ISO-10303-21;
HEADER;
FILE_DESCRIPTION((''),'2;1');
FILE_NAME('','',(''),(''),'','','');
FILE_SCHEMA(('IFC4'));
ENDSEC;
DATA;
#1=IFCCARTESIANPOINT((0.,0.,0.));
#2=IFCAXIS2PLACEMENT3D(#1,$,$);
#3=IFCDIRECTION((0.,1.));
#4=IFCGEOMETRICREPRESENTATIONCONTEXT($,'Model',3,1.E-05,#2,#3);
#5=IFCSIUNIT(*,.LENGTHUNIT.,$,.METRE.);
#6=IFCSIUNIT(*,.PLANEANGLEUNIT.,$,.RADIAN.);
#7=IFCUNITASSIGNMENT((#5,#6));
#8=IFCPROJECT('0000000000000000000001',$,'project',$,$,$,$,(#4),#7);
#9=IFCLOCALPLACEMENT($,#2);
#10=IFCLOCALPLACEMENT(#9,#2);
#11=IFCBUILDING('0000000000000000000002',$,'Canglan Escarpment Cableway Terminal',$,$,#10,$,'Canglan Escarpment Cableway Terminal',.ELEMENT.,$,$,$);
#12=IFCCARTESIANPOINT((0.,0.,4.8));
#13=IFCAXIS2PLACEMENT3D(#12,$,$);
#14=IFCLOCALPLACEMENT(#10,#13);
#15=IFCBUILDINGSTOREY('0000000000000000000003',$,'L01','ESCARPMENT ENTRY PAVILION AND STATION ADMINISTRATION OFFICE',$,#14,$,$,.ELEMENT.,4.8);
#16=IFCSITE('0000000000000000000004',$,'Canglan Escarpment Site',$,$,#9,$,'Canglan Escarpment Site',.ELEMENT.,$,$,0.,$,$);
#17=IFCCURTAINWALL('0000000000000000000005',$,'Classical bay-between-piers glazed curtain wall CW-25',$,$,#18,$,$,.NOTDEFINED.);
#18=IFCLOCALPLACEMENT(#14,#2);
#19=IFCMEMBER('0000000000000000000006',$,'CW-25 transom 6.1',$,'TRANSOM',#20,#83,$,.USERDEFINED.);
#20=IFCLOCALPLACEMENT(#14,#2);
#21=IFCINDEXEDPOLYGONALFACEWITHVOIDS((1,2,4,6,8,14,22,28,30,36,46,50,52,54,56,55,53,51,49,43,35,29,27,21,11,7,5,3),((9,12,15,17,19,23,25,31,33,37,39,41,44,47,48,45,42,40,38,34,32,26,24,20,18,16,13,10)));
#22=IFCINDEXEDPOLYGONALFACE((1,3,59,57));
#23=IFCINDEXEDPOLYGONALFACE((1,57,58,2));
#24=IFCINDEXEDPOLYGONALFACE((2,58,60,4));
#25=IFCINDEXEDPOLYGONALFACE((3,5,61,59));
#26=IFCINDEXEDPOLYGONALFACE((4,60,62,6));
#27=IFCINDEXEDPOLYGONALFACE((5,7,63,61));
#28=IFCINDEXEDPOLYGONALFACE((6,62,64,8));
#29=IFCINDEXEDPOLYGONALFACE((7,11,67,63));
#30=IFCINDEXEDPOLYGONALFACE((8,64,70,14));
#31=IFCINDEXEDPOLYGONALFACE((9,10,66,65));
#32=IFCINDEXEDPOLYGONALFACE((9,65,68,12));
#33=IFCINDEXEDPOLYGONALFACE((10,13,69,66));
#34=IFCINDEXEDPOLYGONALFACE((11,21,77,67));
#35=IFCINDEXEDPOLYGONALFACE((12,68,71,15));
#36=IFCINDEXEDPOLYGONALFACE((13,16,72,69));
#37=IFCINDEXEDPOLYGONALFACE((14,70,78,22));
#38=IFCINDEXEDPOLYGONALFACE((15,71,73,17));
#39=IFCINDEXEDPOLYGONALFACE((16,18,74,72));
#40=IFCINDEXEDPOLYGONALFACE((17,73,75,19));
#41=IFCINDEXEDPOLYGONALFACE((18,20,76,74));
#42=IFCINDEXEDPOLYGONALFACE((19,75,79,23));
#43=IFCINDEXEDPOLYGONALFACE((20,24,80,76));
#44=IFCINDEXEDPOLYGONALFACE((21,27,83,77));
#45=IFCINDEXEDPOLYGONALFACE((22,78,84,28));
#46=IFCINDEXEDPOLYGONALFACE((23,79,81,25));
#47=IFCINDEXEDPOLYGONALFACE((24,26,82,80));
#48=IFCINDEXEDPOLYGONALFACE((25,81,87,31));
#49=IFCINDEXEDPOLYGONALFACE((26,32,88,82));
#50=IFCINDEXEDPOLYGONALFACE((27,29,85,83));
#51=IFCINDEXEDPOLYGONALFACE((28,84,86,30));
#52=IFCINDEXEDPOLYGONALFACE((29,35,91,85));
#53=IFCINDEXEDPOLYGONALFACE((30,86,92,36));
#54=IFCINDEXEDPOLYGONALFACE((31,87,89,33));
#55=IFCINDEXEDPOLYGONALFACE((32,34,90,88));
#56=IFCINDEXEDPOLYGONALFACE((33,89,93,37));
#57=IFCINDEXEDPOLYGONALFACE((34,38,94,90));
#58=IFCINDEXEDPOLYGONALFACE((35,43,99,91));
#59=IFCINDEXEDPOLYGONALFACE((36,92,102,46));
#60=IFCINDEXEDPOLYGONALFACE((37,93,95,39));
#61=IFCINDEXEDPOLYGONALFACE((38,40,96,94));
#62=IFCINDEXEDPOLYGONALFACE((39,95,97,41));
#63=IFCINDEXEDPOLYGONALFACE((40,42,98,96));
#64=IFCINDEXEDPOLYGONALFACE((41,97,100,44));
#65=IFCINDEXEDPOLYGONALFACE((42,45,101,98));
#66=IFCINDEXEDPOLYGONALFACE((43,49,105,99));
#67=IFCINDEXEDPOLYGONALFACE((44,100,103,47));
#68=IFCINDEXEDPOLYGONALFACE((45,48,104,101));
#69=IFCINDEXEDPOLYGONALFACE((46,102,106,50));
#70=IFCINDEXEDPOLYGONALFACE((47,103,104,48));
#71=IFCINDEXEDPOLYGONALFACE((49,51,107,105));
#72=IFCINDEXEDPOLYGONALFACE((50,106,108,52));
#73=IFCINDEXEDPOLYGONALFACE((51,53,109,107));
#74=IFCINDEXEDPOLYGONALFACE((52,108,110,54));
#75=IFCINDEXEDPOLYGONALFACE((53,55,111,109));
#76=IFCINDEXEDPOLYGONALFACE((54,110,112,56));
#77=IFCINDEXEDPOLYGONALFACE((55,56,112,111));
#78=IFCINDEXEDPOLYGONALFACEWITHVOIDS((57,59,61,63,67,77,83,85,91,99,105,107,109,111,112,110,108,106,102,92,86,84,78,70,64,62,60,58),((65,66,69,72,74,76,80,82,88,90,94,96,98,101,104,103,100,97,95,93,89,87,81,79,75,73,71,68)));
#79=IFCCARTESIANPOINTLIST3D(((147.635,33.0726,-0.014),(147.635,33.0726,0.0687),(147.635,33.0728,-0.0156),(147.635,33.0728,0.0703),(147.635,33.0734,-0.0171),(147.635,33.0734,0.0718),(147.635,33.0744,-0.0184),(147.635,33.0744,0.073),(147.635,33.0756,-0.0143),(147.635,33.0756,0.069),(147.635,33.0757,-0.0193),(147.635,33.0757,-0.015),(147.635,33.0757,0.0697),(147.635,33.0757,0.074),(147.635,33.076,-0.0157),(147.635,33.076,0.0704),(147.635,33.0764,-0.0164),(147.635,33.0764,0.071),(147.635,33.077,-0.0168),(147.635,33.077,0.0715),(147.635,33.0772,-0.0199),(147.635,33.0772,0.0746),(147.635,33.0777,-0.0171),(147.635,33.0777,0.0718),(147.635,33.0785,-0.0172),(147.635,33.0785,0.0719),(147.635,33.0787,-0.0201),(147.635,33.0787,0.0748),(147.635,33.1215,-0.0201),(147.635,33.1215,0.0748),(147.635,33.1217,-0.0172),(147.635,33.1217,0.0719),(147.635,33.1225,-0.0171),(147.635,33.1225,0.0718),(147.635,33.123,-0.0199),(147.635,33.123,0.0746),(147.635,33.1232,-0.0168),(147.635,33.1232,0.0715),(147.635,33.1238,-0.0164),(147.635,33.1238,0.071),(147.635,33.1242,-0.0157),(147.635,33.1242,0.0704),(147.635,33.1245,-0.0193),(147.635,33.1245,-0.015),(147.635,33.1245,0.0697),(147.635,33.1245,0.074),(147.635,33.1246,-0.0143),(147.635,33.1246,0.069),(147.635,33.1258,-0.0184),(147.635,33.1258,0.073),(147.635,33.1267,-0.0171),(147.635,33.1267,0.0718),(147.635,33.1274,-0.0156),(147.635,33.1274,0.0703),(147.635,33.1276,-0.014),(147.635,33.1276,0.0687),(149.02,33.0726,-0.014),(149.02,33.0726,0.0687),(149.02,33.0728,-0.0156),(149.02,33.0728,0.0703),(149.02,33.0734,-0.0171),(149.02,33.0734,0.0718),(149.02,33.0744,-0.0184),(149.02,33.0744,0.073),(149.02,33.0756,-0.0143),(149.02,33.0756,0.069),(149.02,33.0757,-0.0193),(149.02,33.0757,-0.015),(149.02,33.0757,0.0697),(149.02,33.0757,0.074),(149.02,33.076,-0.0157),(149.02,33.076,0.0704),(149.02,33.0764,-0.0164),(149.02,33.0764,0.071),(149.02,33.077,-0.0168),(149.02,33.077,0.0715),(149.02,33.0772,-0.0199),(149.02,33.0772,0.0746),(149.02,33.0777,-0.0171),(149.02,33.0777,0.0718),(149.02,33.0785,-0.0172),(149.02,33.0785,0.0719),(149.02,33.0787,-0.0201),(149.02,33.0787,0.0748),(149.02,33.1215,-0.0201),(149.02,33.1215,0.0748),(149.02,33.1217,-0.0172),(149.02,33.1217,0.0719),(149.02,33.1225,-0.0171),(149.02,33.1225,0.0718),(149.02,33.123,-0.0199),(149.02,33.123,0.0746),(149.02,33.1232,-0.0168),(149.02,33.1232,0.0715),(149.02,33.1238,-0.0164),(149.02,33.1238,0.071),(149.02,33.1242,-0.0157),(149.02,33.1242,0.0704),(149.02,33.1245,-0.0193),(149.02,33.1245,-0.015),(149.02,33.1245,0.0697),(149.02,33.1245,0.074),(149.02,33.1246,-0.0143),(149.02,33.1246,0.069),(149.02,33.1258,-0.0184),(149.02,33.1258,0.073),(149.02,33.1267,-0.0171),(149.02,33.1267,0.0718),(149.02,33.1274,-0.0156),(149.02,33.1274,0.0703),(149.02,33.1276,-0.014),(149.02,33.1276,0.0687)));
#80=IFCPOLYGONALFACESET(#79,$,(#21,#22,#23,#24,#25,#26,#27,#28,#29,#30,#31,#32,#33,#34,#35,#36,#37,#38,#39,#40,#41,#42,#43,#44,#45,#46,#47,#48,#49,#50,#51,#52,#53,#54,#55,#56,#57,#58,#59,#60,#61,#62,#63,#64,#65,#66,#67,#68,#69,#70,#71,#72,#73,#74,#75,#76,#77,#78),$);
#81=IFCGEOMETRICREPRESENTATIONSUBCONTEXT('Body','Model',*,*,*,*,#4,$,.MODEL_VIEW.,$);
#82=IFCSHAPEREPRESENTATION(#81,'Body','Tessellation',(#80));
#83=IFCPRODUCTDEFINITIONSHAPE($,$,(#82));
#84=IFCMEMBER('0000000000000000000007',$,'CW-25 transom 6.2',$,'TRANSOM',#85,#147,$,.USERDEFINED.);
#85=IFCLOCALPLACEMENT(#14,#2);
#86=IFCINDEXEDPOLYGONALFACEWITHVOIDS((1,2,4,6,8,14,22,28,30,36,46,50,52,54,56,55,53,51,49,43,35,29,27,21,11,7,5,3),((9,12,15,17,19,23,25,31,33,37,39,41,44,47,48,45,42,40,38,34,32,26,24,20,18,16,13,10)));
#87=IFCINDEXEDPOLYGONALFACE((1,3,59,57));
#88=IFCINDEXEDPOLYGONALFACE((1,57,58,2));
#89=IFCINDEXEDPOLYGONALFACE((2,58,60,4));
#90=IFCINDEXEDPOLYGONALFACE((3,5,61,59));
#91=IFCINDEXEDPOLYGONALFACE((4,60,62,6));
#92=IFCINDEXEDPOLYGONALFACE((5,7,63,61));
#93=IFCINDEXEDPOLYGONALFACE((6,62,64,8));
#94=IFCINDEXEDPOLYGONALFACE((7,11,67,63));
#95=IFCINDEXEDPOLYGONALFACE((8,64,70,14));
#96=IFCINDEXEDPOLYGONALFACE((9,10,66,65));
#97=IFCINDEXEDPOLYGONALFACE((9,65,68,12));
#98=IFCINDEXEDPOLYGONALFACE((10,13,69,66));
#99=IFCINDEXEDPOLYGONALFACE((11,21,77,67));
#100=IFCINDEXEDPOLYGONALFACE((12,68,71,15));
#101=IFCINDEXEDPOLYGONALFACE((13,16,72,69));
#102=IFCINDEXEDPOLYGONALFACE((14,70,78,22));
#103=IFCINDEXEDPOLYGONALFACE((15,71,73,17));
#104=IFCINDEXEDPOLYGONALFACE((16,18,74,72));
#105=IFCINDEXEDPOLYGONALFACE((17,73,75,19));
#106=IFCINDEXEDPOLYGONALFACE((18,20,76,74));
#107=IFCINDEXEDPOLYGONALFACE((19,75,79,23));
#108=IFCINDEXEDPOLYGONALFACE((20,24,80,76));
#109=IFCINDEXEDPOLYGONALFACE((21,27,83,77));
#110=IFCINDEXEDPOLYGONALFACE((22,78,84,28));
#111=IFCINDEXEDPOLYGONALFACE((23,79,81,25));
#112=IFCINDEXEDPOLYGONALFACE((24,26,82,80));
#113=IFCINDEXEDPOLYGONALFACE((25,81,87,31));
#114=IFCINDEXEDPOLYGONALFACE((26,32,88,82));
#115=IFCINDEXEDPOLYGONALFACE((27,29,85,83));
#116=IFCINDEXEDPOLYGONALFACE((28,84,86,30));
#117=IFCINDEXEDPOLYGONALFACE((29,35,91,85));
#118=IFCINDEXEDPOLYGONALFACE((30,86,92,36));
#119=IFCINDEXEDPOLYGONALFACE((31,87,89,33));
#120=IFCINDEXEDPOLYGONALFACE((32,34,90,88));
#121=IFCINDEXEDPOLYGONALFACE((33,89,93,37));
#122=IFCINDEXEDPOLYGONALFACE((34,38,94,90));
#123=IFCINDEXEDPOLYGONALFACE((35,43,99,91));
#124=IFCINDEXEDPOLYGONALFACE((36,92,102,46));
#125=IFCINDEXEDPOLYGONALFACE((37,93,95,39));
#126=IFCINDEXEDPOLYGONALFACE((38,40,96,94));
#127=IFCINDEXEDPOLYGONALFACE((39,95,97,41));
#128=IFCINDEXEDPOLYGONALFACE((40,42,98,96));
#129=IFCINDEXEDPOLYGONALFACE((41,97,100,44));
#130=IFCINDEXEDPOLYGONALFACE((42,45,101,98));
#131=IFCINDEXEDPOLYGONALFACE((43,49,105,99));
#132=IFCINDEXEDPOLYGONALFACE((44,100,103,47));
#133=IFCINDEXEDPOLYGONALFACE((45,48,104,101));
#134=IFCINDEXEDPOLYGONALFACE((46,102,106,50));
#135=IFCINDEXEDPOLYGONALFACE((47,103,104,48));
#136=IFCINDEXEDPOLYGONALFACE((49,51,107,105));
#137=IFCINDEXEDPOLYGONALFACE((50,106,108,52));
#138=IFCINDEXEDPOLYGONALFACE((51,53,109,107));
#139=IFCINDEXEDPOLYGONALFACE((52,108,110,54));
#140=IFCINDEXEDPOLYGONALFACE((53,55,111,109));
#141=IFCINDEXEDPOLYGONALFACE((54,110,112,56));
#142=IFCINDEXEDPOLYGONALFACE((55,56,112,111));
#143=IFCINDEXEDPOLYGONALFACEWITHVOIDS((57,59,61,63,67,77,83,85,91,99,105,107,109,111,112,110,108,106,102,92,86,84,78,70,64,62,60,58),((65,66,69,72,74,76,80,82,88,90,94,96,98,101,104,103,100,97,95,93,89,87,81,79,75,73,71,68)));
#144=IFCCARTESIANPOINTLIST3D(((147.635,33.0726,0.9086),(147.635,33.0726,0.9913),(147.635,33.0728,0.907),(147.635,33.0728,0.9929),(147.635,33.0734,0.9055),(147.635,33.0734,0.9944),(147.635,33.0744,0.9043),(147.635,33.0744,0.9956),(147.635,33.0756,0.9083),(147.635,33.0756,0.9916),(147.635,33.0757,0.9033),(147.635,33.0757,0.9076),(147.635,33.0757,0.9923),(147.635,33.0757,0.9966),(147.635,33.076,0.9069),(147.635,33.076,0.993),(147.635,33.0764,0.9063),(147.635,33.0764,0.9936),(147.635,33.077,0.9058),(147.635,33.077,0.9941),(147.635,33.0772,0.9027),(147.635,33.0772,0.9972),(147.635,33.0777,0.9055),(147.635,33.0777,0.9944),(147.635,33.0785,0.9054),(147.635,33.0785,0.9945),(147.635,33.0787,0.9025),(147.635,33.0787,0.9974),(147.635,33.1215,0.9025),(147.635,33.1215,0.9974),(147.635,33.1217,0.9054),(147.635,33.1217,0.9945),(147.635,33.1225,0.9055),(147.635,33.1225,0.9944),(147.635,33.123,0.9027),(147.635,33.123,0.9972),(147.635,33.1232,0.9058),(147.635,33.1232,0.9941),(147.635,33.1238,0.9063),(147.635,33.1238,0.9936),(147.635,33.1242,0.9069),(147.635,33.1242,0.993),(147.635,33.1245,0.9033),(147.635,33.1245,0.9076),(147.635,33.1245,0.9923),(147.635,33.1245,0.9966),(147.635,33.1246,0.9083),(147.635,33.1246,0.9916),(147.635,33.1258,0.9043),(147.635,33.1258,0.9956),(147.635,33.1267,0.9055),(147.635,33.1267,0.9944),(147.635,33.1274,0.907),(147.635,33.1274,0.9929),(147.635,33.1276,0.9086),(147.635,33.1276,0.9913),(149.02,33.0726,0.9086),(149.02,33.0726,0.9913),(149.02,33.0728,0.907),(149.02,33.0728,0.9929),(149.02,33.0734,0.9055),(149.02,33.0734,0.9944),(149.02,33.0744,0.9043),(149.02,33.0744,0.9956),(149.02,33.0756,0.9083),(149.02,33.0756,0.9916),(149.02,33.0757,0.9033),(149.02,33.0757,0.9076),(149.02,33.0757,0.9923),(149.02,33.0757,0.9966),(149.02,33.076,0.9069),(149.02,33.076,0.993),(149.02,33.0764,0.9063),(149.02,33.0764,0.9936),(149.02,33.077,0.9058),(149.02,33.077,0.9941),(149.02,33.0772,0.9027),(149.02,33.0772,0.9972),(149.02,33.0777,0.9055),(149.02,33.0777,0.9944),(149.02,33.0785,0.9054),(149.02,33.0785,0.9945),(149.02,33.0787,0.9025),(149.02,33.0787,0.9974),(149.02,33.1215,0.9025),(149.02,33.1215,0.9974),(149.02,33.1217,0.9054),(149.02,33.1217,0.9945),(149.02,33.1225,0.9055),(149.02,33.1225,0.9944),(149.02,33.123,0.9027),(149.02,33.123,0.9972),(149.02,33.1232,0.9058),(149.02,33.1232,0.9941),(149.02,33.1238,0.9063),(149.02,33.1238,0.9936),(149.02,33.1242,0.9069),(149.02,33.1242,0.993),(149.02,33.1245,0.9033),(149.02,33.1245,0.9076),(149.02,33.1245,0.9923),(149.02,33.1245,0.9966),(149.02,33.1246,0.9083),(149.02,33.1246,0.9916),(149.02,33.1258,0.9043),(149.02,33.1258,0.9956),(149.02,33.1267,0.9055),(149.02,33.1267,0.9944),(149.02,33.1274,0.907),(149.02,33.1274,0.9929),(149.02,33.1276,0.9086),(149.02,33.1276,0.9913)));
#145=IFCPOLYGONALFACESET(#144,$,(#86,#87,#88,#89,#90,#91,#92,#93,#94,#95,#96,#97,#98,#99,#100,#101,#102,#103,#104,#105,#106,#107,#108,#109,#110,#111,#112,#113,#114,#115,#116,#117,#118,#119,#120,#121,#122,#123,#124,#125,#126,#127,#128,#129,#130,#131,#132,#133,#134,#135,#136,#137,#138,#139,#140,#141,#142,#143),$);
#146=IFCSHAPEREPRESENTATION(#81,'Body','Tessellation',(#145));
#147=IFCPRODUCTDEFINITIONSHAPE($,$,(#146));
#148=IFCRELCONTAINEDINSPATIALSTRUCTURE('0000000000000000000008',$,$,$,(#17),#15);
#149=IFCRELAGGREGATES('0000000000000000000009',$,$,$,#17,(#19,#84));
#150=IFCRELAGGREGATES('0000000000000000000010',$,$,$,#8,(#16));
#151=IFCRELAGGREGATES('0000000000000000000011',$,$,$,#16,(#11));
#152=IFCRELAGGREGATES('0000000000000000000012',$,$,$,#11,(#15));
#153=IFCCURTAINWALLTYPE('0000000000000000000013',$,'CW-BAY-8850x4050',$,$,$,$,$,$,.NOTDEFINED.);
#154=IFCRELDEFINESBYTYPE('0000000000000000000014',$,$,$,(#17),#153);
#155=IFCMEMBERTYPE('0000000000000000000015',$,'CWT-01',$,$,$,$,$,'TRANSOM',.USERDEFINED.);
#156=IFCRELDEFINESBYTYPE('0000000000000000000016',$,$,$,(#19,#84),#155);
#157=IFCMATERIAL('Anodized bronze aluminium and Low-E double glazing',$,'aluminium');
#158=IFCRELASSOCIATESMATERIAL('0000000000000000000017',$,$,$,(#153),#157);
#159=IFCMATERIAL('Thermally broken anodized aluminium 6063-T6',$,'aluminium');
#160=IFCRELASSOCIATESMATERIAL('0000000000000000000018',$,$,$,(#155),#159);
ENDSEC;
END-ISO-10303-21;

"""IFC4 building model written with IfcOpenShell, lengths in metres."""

from ifc_helpers import new_model, si_unit, direction, frame, origin, origin_2d, place, context, subcontext, project, spatial, hollow_rectangle, extrude, material, material_profile, profile_set, type_object, element, aggregate, save


model = new_model("IFC4")

# Units and contexts
model_context = context("Model", 3, precision=1e-05, world=origin(), true_north=direction((0.0, 1.0)))
body_context = subcontext(model_context, "Body", "Model", "MODEL_VIEW")
ifc_project = project(units=[si_unit("LENGTHUNIT", "METRE"), si_unit("PLANEANGLEUNIT", "RADIAN")], contexts=[model_context])

# Site, building, storey
site_placement = place(None, origin())
site = spatial("IfcSite", under=ifc_project, at=site_placement, Name="Canglan Escarpment Site", LongName="Canglan Escarpment Site", CompositionType="ELEMENT", RefElevation=0.0)
building_placement = place(site_placement, origin())
building = spatial("IfcBuilding", under=site, at=building_placement, Name="Canglan Escarpment Cableway Terminal", LongName="Canglan Escarpment Cableway Terminal", CompositionType="ELEMENT")
storey_placement = place(building_placement, frame((0.0, 0.0, 4.8)))
storey = spatial("IfcBuildingStorey", under=building, at=storey_placement, Name="L01", Description="ESCARPMENT ENTRY PAVILION AND STATION ADMINISTRATION OFFICE", CompositionType="ELEMENT", Elevation=4.8)

# Curtain wall, members
ifc_material_1 = material(Name="Anodized bronze aluminium and Low-E double glazing", Category="aluminium")
curtain_wall_type = type_object("IfcCurtainWallType", Name="CW-BAY-8850x4050", PredefinedType="NOTDEFINED", material=ifc_material_1)
curtain_wall_placement = place(storey_placement, origin())
curtain_wall = element("IfcCurtainWall", 1, at=curtain_wall_placement, inside=storey, type_object=curtain_wall_type, Name="Classical bay-between-piers glazed curtain wall CW-25", PredefinedType="NOTDEFINED")
ifc_material_2 = material(Name="Thermally broken anodized aluminium 6063-T6", Category="aluminium")
ifc_material_profile_1 = material_profile(ifc_material_2, hollow_rectangle(XDim=0.0549, YDim=0.095, WallThickness=0.0029, InnerFilletRadius=0.0029, OuterFilletRadius=0.0061, at=origin_2d()), Name="ALU-TRAN 55x95x3")
ifc_profile_set_1 = profile_set([ifc_material_profile_1], Name="Thermally broken anodized aluminium 6063-T6")
member_type_1 = type_object("IfcMemberType", Name="CWT-01", ElementType="TRANSOM", PredefinedType="USERDEFINED", material=ifc_profile_set_1)
member_1_placement = place(storey_placement, frame((149.02, 33.1001, 0.0273), z_axis=(-1.0, 0.0, 0.0), x_axis=(0.0, -1.0, 0.0)))
member_1 = element("IfcMember", 2, at=member_1_placement, type_object=member_type_1, Name="CW-25 transom 6.1", ObjectType="TRANSOM", PredefinedType="USERDEFINED", context=body_context, shape_type="SweptSolid", body=[
    extrude(hollow_rectangle(XDim=0.0549, YDim=0.095, WallThickness=0.0029, InnerFilletRadius=0.0029, OuterFilletRadius=0.0061, at=origin_2d()), origin(), (0.0, 0.0, 1.0), 1.385),
])
member_2_placement = place(storey_placement, frame((149.02, 33.1001, 0.95), z_axis=(-1.0, 0.0, 0.0), x_axis=(0.0, -1.0, 0.0)))
member_2 = element("IfcMember", 3, at=member_2_placement, type_object=member_type_1, Name="CW-25 transom 6.2", ObjectType="TRANSOM", PredefinedType="USERDEFINED", context=body_context, shape_type="SweptSolid", body=[
    extrude(hollow_rectangle(XDim=0.0549, YDim=0.095, WallThickness=0.0029, InnerFilletRadius=0.0029, OuterFilletRadius=0.0061, at=origin_2d()), origin(), (0.0, 0.0, 1.0), 1.385),
])

aggregate(curtain_wall, [member_1, member_2])

save(model, "model.ifc")
